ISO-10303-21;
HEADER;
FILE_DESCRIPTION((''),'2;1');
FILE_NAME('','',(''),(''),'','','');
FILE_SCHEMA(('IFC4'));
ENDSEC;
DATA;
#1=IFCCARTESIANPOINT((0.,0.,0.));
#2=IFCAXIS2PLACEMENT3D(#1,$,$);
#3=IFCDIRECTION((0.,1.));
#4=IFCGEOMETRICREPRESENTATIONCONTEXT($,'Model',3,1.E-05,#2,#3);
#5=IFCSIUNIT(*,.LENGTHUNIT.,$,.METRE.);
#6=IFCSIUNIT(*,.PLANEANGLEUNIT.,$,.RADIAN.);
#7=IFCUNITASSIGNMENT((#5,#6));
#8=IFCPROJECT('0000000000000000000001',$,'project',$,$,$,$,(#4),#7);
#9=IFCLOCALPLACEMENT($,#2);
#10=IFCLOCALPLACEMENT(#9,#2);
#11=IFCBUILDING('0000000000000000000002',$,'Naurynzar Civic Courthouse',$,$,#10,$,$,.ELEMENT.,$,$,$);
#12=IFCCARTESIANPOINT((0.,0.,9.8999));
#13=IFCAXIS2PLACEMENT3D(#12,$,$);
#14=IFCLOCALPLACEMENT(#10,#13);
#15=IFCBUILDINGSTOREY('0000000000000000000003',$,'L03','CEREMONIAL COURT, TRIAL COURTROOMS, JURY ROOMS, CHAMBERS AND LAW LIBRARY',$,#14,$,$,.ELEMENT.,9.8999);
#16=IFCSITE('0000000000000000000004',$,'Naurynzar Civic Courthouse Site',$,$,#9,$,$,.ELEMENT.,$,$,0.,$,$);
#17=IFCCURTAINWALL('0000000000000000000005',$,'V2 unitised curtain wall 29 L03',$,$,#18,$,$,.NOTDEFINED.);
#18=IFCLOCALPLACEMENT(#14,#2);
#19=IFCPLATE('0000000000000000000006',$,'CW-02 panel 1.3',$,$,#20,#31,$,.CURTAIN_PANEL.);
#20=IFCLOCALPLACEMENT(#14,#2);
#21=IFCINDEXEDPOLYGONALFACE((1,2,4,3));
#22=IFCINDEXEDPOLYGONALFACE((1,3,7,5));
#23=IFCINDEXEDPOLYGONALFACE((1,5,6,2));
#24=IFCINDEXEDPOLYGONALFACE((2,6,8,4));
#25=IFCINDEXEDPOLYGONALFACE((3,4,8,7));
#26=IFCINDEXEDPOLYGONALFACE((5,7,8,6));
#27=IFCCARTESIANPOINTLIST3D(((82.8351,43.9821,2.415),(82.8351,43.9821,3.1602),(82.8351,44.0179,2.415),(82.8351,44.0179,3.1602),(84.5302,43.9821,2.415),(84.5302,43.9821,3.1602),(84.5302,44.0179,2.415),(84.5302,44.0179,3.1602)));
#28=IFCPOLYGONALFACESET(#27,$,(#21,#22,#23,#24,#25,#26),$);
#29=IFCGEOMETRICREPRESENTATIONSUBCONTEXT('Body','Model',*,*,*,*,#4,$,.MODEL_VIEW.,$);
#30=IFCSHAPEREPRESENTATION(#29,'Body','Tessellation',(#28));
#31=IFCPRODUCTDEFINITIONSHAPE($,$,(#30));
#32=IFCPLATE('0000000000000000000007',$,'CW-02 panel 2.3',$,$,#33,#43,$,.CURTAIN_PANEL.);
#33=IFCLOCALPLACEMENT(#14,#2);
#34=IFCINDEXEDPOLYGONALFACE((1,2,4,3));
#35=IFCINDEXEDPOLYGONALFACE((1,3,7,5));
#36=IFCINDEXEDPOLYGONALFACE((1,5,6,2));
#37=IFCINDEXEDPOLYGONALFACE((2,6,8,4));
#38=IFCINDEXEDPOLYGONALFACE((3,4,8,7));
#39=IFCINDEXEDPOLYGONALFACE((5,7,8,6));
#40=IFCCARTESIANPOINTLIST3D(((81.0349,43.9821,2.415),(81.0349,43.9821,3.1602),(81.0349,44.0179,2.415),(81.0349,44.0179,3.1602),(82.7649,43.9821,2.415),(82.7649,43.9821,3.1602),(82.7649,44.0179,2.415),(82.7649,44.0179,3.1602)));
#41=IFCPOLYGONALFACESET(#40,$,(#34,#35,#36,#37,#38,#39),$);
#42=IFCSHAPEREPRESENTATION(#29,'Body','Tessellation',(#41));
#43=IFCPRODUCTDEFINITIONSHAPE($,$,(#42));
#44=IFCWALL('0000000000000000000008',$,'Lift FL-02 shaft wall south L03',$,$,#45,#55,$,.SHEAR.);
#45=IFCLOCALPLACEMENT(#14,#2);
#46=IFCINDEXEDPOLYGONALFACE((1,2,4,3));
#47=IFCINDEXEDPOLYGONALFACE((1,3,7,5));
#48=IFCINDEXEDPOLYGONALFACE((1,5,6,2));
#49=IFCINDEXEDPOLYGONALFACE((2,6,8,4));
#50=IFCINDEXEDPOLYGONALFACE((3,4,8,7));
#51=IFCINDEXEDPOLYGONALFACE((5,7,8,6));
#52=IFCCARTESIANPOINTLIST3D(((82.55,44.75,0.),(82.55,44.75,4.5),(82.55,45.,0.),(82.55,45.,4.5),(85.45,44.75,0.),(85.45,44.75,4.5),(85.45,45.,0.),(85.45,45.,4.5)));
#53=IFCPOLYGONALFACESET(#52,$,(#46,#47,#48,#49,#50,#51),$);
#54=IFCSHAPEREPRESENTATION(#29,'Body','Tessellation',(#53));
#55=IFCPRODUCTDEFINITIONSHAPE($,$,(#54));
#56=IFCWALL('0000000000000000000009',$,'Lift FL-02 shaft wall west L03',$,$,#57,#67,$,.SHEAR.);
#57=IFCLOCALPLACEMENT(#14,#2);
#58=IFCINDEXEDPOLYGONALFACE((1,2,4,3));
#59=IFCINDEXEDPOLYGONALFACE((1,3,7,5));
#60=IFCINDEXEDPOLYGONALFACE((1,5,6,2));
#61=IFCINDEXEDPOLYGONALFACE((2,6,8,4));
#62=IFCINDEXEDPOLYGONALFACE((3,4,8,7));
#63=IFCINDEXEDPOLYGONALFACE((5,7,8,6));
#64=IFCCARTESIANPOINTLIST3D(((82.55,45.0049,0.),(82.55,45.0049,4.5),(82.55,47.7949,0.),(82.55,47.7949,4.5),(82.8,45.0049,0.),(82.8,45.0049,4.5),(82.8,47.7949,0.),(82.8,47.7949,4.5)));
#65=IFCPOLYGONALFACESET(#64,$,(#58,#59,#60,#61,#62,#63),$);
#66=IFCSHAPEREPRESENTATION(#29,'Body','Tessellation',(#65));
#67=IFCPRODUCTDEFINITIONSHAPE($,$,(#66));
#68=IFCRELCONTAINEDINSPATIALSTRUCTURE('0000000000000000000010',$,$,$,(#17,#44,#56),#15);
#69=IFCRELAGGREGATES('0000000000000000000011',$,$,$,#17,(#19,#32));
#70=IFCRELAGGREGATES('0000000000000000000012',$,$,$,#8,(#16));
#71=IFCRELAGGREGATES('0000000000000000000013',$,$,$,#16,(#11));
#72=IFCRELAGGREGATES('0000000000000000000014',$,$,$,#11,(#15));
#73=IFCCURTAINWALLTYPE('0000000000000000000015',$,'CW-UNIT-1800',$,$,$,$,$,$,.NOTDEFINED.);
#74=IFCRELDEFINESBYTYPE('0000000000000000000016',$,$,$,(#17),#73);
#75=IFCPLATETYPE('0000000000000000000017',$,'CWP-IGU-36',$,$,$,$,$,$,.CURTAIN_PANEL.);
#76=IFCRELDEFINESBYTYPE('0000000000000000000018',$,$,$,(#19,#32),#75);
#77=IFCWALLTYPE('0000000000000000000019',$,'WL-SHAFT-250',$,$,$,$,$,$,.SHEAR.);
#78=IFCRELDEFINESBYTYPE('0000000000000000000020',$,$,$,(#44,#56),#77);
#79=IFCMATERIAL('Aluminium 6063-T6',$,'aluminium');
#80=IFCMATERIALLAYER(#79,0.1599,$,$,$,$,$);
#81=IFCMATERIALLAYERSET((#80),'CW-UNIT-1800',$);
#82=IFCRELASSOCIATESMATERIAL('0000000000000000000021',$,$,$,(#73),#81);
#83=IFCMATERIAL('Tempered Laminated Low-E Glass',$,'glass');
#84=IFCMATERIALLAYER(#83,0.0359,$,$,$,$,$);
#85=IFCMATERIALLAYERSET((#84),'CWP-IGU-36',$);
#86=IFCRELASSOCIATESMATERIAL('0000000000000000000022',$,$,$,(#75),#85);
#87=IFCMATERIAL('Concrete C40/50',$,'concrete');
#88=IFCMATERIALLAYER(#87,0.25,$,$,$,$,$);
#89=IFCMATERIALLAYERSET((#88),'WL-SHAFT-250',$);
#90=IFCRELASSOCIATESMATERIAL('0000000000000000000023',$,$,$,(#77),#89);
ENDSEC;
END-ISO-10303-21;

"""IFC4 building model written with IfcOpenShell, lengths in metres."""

from ifc_helpers import new_model, si_unit, direction, frame, frame_2d, origin, origin_2d, place, context, subcontext, project, spatial, rectangle, extrude, material, layer, layer_set, type_object, element, aggregate, save


model = new_model("IFC4")

# Units and contexts
model_context = context("Model", 3, precision=1e-05, world=origin(), true_north=direction((0.0, 1.0)))
body_context = subcontext(model_context, "Body", "Model", "MODEL_VIEW")
ifc_project = project(units=[si_unit("LENGTHUNIT", "METRE"), si_unit("PLANEANGLEUNIT", "RADIAN")], contexts=[model_context])

# Site, building, storey
site_placement = place(None, origin())
site = spatial("IfcSite", under=ifc_project, at=site_placement, Name="Naurynzar Civic Courthouse Site", CompositionType="ELEMENT", RefElevation=0.0)
building_placement = place(site_placement, origin())
building = spatial("IfcBuilding", under=site, at=building_placement, Name="Naurynzar Civic Courthouse", CompositionType="ELEMENT")
storey_placement = place(building_placement, frame((0.0, 0.0, 9.8999)))
storey = spatial("IfcBuildingStorey", under=building, at=storey_placement, Name="L03", Description="CEREMONIAL COURT, TRIAL COURTROOMS, JURY ROOMS, CHAMBERS AND LAW LIBRARY", CompositionType="ELEMENT", Elevation=9.8999)

# Curtain wall, plates
ifc_material_1 = material(Name="Aluminium 6063-T6", Category="aluminium")
ifc_layer_1 = layer(ifc_material_1, 0.1599)
ifc_layer_set_1 = layer_set([ifc_layer_1], Name="CW-UNIT-1800")
curtain_wall_type = type_object("IfcCurtainWallType", Name="CW-UNIT-1800", PredefinedType="NOTDEFINED", material=ifc_layer_set_1)
curtain_wall_placement = place(storey_placement, origin())
curtain_wall = element("IfcCurtainWall", 1, at=curtain_wall_placement, inside=storey, type_object=curtain_wall_type, Name="V2 unitised curtain wall 29 L03", PredefinedType="NOTDEFINED")
ifc_material_2 = material(Name="Tempered Laminated Low-E Glass", Category="glass")
ifc_layer_2 = layer(ifc_material_2, 0.0359)
ifc_layer_set_2 = layer_set([ifc_layer_2], Name="CWP-IGU-36")
plate_type = type_object("IfcPlateType", Name="CWP-IGU-36", PredefinedType="CURTAIN_PANEL", material=ifc_layer_set_2)
plate_1_placement = place(storey_placement, frame((83.6826, 44.0, 2.415), z_axis=(0.0, 0.0, 1.0), x_axis=(-1.0, 0.0, 0.0)))
plate_1 = element("IfcPlate", 2, at=plate_1_placement, type_object=plate_type, Name="CW-02 panel 1.3", PredefinedType="CURTAIN_PANEL", context=body_context, shape_type="SweptSolid", body=[
    extrude(rectangle(XDim=1.6951, YDim=0.0359, at=origin_2d()), origin(), (0.0, 0.0, 1.0), 0.7451),
])
plate_2_placement = place(storey_placement, frame((81.8999, 44.0, 2.415), z_axis=(0.0, 0.0, 1.0), x_axis=(-1.0, 0.0, 0.0)))
plate_2 = element("IfcPlate", 3, at=plate_2_placement, type_object=plate_type, Name="CW-02 panel 2.3", PredefinedType="CURTAIN_PANEL", context=body_context, shape_type="SweptSolid", body=[
    extrude(rectangle(XDim=1.73, YDim=0.0359, at=origin_2d()), origin(), (0.0, 0.0, 1.0), 0.7451),
])
aggregate(curtain_wall, [plate_1, plate_2])

# Walls
ifc_material_3 = material(Name="Concrete C40/50", Category="concrete")
ifc_layer_3 = layer(ifc_material_3, 0.25)
ifc_layer_set_3 = layer_set([ifc_layer_3], Name="WL-SHAFT-250")
wall_type_1 = type_object("IfcWallType", Name="WL-SHAFT-250", PredefinedType="SHEAR", material=ifc_layer_set_3)
wall_1_placement = place(storey_placement, frame((82.55, 44.875, 0.0), z_axis=(0.0, 0.0, 1.0), x_axis=(1.0, 0.0, 0.0)))
element("IfcWall", 4, at=wall_1_placement, inside=storey, type_object=wall_type_1, Name="Lift FL-02 shaft wall south L03", PredefinedType="SHEAR", context=body_context, shape_type="SweptSolid", body=[
    extrude(rectangle(XDim=2.8999, YDim=0.25, at=frame_2d((1.45, 0.0))), origin(), (0.0, 0.0, 1.0), 4.5),
])
wall_2_placement = place(storey_placement, frame((82.675, 47.7949, 0.0), z_axis=(0.0, 0.0, 1.0), x_axis=(0.0, -1.0, 0.0)))
element("IfcWall", 5, at=wall_2_placement, inside=storey, type_object=wall_type_1, Name="Lift FL-02 shaft wall west L03", PredefinedType="SHEAR", context=body_context, shape_type="SweptSolid", body=[
    extrude(rectangle(XDim=2.79, YDim=0.25, at=frame_2d((1.395, 0.0))), origin(), (0.0, 0.0, 1.0), 4.5),
])

save(model, "model.ifc")
